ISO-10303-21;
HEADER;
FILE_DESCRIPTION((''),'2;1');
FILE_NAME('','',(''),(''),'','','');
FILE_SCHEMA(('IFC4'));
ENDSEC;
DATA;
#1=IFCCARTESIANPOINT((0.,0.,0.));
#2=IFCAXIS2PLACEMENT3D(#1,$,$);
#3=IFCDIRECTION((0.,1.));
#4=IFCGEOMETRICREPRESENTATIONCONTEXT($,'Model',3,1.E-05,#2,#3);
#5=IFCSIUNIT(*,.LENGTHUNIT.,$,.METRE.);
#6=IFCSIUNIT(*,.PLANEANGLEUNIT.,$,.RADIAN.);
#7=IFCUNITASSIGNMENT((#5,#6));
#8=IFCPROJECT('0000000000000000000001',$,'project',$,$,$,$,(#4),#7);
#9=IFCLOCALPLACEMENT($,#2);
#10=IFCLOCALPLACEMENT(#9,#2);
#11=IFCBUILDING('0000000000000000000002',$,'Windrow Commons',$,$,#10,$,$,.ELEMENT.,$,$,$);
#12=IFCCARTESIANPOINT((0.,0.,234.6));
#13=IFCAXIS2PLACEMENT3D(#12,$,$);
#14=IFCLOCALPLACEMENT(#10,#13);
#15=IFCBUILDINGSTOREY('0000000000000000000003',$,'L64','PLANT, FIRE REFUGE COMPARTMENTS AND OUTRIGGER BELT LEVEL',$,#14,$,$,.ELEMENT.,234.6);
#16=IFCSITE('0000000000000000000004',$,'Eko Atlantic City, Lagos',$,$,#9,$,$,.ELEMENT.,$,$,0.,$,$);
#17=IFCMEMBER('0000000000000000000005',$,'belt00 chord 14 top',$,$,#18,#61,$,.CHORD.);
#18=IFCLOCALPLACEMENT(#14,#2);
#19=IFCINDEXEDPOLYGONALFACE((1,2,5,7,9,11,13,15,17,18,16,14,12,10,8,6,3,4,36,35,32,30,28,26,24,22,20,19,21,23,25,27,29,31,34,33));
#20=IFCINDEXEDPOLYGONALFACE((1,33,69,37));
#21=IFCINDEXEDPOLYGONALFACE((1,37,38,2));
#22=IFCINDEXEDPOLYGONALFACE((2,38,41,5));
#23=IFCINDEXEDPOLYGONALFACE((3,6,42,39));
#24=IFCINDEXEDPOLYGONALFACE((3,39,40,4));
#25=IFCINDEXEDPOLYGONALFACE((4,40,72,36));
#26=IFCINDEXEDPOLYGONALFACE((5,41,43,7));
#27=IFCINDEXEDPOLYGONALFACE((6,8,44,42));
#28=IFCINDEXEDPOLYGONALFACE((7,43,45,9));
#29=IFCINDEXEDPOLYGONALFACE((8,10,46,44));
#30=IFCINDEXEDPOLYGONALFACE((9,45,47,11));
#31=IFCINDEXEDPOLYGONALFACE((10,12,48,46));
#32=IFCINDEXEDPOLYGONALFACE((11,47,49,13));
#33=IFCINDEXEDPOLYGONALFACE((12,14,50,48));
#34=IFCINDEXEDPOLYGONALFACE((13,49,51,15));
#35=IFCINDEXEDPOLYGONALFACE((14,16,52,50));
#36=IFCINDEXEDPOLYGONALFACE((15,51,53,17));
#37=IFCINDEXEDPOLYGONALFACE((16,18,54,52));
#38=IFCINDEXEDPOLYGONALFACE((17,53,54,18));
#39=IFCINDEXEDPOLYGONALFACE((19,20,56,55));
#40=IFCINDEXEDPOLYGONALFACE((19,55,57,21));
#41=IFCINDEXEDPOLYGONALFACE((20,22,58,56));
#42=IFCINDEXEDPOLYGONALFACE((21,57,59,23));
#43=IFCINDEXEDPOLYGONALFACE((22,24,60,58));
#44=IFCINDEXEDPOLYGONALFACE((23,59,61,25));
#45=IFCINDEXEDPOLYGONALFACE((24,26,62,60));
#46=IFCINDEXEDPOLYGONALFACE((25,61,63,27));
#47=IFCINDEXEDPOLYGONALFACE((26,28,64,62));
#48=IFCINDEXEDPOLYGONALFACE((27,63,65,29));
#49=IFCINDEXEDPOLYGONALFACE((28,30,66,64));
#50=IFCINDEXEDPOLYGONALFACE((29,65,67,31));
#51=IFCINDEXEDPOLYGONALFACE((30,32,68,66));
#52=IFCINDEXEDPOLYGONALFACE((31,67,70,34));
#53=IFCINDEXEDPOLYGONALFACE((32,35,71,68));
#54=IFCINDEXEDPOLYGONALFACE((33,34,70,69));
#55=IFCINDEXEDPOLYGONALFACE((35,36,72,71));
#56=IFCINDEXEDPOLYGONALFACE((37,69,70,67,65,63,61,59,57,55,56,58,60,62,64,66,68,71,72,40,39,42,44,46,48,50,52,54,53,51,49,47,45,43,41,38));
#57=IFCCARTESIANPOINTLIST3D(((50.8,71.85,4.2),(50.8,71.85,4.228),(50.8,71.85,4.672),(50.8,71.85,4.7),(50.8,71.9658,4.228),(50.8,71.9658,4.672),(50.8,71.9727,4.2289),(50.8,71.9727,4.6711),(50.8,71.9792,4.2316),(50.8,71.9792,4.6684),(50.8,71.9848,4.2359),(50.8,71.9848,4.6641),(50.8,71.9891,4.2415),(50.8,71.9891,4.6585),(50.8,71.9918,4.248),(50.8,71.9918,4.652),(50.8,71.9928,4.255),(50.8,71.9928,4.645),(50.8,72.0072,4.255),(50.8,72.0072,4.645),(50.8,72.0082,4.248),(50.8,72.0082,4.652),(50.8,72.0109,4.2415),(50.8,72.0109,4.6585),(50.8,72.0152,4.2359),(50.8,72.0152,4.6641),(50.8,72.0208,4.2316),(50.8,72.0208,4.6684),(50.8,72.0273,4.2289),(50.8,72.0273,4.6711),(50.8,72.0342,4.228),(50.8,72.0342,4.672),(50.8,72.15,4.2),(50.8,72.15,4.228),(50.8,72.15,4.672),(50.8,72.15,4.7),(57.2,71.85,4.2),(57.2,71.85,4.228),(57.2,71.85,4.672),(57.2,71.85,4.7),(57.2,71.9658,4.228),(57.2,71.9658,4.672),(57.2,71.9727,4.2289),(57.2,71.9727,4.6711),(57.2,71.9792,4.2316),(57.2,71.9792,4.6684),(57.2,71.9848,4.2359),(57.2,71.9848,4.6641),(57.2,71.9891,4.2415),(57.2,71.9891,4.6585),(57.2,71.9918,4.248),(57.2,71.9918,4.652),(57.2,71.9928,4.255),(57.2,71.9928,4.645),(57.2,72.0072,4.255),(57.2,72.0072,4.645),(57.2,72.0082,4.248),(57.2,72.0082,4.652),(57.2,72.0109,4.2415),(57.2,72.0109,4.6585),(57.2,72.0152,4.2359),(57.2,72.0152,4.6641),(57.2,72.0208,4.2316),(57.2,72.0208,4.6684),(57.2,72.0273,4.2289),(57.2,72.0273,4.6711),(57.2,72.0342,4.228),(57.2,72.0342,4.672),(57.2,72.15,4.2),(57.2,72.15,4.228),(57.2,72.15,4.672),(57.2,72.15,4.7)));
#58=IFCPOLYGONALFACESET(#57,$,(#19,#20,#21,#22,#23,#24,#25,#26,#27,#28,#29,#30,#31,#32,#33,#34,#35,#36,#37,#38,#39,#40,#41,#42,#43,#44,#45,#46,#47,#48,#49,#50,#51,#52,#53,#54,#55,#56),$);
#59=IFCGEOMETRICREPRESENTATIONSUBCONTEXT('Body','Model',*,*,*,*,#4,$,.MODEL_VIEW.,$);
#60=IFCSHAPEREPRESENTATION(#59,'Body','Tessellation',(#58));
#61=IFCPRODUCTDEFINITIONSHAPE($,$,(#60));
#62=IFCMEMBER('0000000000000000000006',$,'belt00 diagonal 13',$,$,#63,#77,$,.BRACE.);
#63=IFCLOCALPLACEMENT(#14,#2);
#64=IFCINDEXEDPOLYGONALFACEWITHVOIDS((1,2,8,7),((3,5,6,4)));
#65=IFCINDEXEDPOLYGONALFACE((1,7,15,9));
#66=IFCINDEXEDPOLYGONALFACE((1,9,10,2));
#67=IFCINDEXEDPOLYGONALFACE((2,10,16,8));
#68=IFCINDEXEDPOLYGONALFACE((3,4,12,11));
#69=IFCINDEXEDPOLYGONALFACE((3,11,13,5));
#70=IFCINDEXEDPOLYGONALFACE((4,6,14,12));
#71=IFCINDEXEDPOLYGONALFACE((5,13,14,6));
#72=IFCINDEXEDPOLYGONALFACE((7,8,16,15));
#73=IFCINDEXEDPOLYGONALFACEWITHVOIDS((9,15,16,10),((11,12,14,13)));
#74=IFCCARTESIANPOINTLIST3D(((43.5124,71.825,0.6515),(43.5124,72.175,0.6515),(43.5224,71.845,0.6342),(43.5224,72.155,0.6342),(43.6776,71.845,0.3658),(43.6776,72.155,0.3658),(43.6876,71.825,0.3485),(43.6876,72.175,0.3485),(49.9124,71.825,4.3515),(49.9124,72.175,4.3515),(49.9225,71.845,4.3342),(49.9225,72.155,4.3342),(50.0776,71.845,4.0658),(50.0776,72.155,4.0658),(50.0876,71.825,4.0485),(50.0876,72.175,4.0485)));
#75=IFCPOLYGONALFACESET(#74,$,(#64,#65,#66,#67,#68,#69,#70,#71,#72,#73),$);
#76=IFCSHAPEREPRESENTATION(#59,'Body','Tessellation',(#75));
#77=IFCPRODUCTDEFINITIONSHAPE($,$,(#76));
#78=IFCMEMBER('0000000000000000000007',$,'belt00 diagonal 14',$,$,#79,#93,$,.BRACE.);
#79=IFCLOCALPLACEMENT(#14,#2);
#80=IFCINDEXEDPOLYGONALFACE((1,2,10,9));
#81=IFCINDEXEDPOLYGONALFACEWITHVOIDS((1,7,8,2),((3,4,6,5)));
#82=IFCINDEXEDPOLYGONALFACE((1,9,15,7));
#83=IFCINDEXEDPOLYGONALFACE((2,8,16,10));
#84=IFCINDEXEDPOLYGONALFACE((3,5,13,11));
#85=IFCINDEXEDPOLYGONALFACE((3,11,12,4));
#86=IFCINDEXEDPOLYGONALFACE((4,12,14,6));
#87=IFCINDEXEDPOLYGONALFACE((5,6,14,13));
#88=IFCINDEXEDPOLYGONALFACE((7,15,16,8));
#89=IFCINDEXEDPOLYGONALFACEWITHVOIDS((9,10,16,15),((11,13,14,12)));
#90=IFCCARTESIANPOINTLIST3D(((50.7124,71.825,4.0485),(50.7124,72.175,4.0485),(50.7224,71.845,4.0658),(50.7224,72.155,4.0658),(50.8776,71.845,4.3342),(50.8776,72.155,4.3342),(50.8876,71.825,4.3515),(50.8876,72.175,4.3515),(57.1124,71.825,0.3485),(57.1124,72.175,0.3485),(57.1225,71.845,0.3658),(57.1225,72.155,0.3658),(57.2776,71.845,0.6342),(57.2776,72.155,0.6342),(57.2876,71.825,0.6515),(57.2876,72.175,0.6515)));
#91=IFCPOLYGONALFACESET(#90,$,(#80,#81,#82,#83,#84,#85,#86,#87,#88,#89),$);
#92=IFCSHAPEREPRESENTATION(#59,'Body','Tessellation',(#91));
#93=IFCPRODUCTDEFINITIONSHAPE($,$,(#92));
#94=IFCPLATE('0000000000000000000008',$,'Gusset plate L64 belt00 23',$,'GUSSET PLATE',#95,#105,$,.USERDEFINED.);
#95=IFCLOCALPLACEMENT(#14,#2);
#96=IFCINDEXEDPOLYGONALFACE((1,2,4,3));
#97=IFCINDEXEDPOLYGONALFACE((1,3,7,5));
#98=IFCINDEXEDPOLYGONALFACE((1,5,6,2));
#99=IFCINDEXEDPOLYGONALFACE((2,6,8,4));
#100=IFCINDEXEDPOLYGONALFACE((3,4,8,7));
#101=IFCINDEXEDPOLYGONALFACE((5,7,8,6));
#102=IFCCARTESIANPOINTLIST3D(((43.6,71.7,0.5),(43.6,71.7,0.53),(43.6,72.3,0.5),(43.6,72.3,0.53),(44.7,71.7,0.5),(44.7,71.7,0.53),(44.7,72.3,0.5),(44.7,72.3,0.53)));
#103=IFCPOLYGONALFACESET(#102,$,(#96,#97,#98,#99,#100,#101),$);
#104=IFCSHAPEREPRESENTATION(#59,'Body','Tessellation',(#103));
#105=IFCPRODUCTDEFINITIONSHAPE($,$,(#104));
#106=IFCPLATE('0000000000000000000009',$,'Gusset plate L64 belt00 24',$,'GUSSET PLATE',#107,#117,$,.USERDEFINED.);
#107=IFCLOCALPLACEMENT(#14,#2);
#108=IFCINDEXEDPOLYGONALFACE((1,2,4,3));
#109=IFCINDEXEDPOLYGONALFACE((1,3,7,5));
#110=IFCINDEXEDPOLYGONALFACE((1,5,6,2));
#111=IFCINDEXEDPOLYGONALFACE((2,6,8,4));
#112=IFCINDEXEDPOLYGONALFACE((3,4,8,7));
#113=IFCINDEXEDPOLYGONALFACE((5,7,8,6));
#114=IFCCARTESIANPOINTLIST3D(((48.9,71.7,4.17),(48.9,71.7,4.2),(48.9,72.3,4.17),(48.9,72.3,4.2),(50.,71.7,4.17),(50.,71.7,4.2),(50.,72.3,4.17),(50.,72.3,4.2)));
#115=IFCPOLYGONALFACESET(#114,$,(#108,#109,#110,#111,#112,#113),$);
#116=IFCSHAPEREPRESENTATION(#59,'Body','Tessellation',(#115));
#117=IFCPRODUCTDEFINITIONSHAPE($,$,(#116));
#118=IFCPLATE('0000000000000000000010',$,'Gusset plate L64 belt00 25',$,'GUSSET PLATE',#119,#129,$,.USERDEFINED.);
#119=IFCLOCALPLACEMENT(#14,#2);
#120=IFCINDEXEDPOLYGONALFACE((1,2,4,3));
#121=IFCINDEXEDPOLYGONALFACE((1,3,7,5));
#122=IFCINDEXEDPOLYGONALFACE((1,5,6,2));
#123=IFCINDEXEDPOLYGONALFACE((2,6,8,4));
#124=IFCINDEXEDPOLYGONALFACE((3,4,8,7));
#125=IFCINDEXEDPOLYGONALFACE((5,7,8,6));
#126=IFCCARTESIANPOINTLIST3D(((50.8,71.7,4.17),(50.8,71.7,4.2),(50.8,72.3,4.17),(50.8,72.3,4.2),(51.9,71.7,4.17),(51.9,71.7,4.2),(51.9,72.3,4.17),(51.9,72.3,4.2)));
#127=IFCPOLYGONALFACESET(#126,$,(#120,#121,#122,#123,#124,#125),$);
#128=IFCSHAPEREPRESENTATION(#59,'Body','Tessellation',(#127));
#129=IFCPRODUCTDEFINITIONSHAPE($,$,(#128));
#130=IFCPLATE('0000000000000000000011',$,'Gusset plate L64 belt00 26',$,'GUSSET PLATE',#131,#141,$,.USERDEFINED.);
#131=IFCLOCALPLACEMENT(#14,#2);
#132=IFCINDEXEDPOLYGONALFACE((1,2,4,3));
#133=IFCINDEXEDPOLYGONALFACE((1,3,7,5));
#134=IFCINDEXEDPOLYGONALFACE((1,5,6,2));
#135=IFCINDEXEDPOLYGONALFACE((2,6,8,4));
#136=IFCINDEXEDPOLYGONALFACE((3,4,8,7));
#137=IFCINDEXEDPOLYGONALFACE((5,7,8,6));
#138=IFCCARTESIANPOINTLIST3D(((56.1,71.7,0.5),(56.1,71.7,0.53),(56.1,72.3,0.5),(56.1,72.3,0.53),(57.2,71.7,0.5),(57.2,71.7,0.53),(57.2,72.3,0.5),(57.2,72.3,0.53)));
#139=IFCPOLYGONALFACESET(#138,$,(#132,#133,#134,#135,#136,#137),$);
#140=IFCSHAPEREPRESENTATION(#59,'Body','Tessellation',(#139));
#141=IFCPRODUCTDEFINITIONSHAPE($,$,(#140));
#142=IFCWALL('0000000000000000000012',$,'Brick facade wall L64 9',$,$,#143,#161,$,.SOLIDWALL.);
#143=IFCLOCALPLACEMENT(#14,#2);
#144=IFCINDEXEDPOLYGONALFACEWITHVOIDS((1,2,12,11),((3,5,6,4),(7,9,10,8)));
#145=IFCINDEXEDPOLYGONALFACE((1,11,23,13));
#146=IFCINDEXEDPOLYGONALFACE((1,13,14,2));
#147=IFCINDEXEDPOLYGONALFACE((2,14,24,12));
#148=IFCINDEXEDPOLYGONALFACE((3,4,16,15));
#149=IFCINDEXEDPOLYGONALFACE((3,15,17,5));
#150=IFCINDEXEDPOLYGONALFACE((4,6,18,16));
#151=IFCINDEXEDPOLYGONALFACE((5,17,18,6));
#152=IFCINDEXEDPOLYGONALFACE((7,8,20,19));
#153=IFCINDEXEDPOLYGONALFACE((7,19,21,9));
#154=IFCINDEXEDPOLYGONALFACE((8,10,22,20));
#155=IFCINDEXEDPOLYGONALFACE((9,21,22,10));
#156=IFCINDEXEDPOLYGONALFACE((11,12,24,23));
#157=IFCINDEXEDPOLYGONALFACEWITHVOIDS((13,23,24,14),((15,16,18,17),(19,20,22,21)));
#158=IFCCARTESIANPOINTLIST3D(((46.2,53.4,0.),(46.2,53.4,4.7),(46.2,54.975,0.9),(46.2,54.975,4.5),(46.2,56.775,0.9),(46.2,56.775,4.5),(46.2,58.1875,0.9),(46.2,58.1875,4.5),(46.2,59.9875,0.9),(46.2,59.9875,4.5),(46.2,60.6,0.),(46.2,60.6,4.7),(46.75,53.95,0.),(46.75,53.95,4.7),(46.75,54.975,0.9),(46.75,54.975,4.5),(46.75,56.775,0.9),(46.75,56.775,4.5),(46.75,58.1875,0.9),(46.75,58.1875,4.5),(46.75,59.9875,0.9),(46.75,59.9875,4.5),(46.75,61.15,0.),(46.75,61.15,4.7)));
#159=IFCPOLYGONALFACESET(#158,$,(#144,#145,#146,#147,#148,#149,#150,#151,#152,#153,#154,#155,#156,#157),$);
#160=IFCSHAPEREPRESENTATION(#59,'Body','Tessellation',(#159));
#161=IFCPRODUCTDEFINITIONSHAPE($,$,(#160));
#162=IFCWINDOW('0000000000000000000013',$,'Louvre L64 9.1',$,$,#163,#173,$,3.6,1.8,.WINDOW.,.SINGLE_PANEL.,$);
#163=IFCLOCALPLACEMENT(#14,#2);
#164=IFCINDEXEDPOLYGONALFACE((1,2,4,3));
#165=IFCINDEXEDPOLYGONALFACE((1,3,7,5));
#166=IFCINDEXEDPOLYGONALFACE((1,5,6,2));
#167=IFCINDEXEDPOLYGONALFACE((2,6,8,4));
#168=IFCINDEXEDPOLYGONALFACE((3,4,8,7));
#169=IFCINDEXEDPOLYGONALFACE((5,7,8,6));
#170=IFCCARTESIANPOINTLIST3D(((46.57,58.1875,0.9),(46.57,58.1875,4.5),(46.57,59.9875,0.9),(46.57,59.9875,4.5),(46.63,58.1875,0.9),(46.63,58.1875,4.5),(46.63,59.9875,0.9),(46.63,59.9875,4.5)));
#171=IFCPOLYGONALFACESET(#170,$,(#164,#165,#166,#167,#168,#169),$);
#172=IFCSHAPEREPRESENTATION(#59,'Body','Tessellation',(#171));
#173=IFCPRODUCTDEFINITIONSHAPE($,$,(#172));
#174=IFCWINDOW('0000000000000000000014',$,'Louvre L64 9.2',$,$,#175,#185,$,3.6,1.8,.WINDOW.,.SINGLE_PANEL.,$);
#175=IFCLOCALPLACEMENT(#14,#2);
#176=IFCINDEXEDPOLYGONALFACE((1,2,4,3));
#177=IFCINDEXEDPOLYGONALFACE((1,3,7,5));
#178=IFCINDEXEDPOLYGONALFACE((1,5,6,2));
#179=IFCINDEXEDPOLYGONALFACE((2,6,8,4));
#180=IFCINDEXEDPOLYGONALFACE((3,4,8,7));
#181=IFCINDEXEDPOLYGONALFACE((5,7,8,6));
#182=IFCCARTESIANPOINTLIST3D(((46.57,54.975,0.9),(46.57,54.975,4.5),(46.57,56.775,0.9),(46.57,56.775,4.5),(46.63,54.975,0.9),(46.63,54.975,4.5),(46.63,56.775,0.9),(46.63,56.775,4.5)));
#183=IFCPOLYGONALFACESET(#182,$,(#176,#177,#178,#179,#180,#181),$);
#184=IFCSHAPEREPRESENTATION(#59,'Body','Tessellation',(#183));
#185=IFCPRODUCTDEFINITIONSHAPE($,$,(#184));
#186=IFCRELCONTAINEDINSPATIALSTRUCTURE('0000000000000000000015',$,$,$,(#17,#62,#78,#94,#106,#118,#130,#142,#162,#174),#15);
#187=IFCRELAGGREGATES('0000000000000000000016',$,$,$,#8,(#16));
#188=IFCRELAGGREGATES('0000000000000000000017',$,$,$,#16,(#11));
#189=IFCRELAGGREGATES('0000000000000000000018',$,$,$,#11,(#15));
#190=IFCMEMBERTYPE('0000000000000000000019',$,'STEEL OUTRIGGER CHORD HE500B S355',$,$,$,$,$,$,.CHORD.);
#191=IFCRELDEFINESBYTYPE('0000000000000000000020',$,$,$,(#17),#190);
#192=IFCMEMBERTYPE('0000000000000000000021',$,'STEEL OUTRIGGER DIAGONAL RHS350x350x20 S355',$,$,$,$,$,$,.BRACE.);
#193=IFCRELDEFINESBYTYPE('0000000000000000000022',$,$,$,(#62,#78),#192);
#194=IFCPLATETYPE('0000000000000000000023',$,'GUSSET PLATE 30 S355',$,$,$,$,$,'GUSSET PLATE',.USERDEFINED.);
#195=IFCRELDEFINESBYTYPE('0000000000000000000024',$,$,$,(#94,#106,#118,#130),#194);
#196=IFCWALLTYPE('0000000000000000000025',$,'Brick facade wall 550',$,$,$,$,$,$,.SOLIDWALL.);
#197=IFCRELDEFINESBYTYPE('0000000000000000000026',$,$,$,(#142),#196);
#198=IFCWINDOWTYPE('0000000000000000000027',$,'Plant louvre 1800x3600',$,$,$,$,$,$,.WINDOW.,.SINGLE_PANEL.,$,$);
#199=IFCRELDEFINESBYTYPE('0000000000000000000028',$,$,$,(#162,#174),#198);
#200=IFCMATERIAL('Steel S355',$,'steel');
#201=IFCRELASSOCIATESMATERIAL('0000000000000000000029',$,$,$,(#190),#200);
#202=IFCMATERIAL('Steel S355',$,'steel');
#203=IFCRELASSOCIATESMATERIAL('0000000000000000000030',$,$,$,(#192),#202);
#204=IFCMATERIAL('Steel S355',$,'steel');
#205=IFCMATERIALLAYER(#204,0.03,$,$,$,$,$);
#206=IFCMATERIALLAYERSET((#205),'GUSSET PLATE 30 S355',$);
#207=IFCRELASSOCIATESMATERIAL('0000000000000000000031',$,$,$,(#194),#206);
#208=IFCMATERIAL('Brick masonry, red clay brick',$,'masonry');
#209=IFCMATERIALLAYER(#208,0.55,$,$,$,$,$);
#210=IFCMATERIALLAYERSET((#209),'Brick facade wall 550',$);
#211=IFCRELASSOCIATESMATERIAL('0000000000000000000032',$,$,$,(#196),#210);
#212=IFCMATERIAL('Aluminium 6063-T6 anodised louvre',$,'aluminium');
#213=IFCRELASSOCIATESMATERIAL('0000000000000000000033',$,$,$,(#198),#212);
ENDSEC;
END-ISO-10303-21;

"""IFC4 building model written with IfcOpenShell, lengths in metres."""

from ifc_helpers import new_model, si_unit, direction, frame, frame_2d, origin, origin_2d, place, context, subcontext, project, spatial, polyline, rectangle, hollow_rectangle, i_section, outline, extrude, material, layer, layer_set, material_profile, profile_set, type_object, element, fill, save


model = new_model("IFC4")

# Units and contexts
model_context = context("Model", 3, precision=1e-05, world=origin(), true_north=direction((0.0, 1.0)))
body_context = subcontext(model_context, "Body", "Model", "MODEL_VIEW")
ifc_project = project(units=[si_unit("LENGTHUNIT", "METRE"), si_unit("PLANEANGLEUNIT", "RADIAN")], contexts=[model_context])

# Site, building, storey
site_placement = place(None, origin())
site = spatial("IfcSite", under=ifc_project, at=site_placement, Name="Eko Atlantic City, Lagos", CompositionType="ELEMENT", RefElevation=0.0)
building_placement = place(site_placement, origin())
building = spatial("IfcBuilding", under=site, at=building_placement, Name="Windrow Commons", CompositionType="ELEMENT")
storey_placement = place(building_placement, frame((0.0, 0.0, 234.6)))
storey = spatial("IfcBuildingStorey", under=building, at=storey_placement, Name="L64", Description="PLANT, FIRE REFUGE COMPARTMENTS AND OUTRIGGER BELT LEVEL", CompositionType="ELEMENT", Elevation=234.6)

# Members
ifc_material_1 = material(Name="Steel S355", Category="steel")
ifc_material_profile_1 = material_profile(ifc_material_1, i_section(OverallWidth=0.3, OverallDepth=0.5, WebThickness=0.0145, FlangeThickness=0.028, FilletRadius=0.027, at=origin_2d()))
ifc_profile_set_1 = profile_set([ifc_material_profile_1], Name="Steel S355")
member_type_1 = type_object("IfcMemberType", Name="STEEL OUTRIGGER CHORD HE500B S355", PredefinedType="CHORD", material=ifc_profile_set_1)
for number, where, z_axis, x_axis, name in (
    (1, (50.8, 72.0, 4.45), (1.0, 0.0, 0.0), (0.0, 1.0, 0.0), "belt00 chord 14 top"),
):
    element("IfcMember", number, at=place(storey_placement, frame(where, z_axis=z_axis, x_axis=x_axis)), inside=storey, type_object=member_type_1, Name=name, PredefinedType="CHORD", context=body_context, shape_type="SweptSolid", body=[
        extrude(i_section(OverallWidth=0.3, OverallDepth=0.5, WebThickness=0.0145, FlangeThickness=0.028, FilletRadius=0.027, at=origin_2d()), origin(), (0.0, 0.0, 1.0), 6.4),
    ])
ifc_material_2 = material(Name="Steel S355", Category="steel")
ifc_material_profile_2 = material_profile(ifc_material_2, hollow_rectangle(XDim=0.35, YDim=0.35, WallThickness=0.02, at=origin_2d()))
ifc_profile_set_2 = profile_set([ifc_material_profile_2], Name="Steel S355")
member_type_2 = type_object("IfcMemberType", Name="STEEL OUTRIGGER DIAGONAL RHS350x350x20 S355", PredefinedType="BRACE", material=ifc_profile_set_2)
for number, where, z_axis, x_axis, name in (
    (2, (43.6, 72.0, 0.5), (0.865735, 0.0, 0.500503), (0.0, 1.0, 0.0), "belt00 diagonal 13"),
    (3, (50.8, 72.0, 4.2), (0.865735, 0.0, -0.500503), (0.0, 1.0, 0.0), "belt00 diagonal 14"),
):
    element("IfcMember", number, at=place(storey_placement, frame(where, z_axis=z_axis, x_axis=x_axis)), inside=storey, type_object=member_type_2, Name=name, PredefinedType="BRACE", context=body_context, shape_type="SweptSolid", body=[
        extrude(hollow_rectangle(XDim=0.35, YDim=0.35, WallThickness=0.02, at=origin_2d()), origin(), (0.0, 0.0, 1.0), 7.3926),
    ])

# Plates
ifc_material_3 = material(Name="Steel S355", Category="steel")
ifc_layer_1 = layer(ifc_material_3, 0.03)
ifc_layer_set_1 = layer_set([ifc_layer_1], Name="GUSSET PLATE 30 S355")
plate_type = type_object("IfcPlateType", Name="GUSSET PLATE 30 S355", ElementType="GUSSET PLATE", PredefinedType="USERDEFINED", material=ifc_layer_set_1)
for number, where, z_axis, x_axis, name in (
    (4, (44.15, 72.0, 0.5), (0.0, 0.0, 1.0), (1.0, 0.0, 0.0), "Gusset plate L64 belt00 23"),
    (5, (49.45, 72.0, 4.17), (0.0, 0.0, 1.0), (1.0, 0.0, 0.0), "Gusset plate L64 belt00 24"),
    (6, (51.35, 72.0, 4.17), (0.0, 0.0, 1.0), (1.0, 0.0, 0.0), "Gusset plate L64 belt00 25"),
    (7, (56.65, 72.0, 0.5), (0.0, 0.0, 1.0), (1.0, 0.0, 0.0), "Gusset plate L64 belt00 26"),
):
    element("IfcPlate", number, at=place(storey_placement, frame(where, z_axis=z_axis, x_axis=x_axis)), inside=storey, type_object=plate_type, Name=name, ObjectType="GUSSET PLATE", PredefinedType="USERDEFINED", context=body_context, shape_type="SweptSolid", body=[
        extrude(rectangle(XDim=1.1, YDim=0.6, at=origin_2d()), origin(), (0.0, 0.0, 1.0), 0.03),
    ])

# Wall, openings, windows
ifc_material_4 = material(Name="Brick masonry, red clay brick", Category="masonry")
ifc_layer_2 = layer(ifc_material_4, 0.55)
ifc_layer_set_2 = layer_set([ifc_layer_2], Name="Brick facade wall 550")
wall_type_1 = type_object("IfcWallType", Name="Brick facade wall 550", PredefinedType="SOLIDWALL", material=ifc_layer_set_2)
wall_1_placement = place(storey_placement, frame((46.475, 60.875, 0.0), z_axis=(0.0, 0.0, 1.0), x_axis=(0.0, -1.0, 0.0)))
wall_1 = element("IfcWall", 8, at=wall_1_placement, inside=storey, type_object=wall_type_1, Name="Brick facade wall L64 9", PredefinedType="SOLIDWALL", context=body_context, shape_type="SweptSolid", body=[
    extrude(outline(polyline([(0.275, -0.275), (7.475, -0.275), (6.925, 0.275), (-0.275, 0.275), (0.275, -0.275)])), origin(), (0.0, 0.0, 1.0), 4.7),
])
opening_1_placement = place(wall_1_placement, frame((0.8875, 0.0, 0.9)))
opening_1 = element("IfcOpeningElement", 9, at=opening_1_placement, cuts=wall_1, PredefinedType="OPENING", context=body_context, shape_type="SweptSolid", body=[
    extrude(rectangle(XDim=1.8, YDim=3.6, at=frame_2d((0.9, 1.8))), frame((0.0, 0.285, 0.0), z_axis=(0.0, -1.0, 0.0), x_axis=(1.0, 0.0, 0.0)), (0.0, 0.0, 1.0), 0.57),
])
opening_2_placement = place(wall_1_placement, frame((4.1, 0.0, 0.9)))
opening_2 = element("IfcOpeningElement", 10, at=opening_2_placement, cuts=wall_1, PredefinedType="OPENING", context=body_context, shape_type="SweptSolid", body=[
    extrude(rectangle(XDim=1.8, YDim=3.6, at=frame_2d((0.9, 1.8))), frame((0.0, 0.285, 0.0), z_axis=(0.0, -1.0, 0.0), x_axis=(1.0, 0.0, 0.0)), (0.0, 0.0, 1.0), 0.57),
])
ifc_material_5 = material(Name="Aluminium 6063-T6 anodised louvre", Category="aluminium")
window_type = type_object("IfcWindowType", Name="Plant louvre 1800x3600", PartitioningType="SINGLE_PANEL", PredefinedType="WINDOW", material=ifc_material_5)
window_1_placement = place(opening_1_placement, origin())
window_1 = element("IfcWindow", 11, at=window_1_placement, inside=storey, type_object=window_type, Name="Louvre L64 9.1", OverallHeight=3.6, OverallWidth=1.8, PartitioningType="SINGLE_PANEL", PredefinedType="WINDOW", context=body_context, shape_type="SweptSolid", body=[
    extrude(rectangle(XDim=1.8, YDim=3.6, at=frame_2d((0.9, 1.8))), frame((0.0, 0.155, 0.0), z_axis=(0.0, -1.0, 0.0), x_axis=(1.0, 0.0, 0.0)), (0.0, 0.0, 1.0), 0.06),
])
fill(opening_1, window_1)
window_2_placement = place(opening_2_placement, origin())
window_2 = element("IfcWindow", 12, at=window_2_placement, inside=storey, type_object=window_type, Name="Louvre L64 9.2", OverallHeight=3.6, OverallWidth=1.8, PartitioningType="SINGLE_PANEL", PredefinedType="WINDOW", context=body_context, shape_type="SweptSolid", body=[
    extrude(rectangle(XDim=1.8, YDim=3.6, at=frame_2d((0.9, 1.8))), frame((0.0, 0.155, 0.0), z_axis=(0.0, -1.0, 0.0), x_axis=(1.0, 0.0, 0.0)), (0.0, 0.0, 1.0), 0.06),
])
fill(opening_2, window_2)

save(model, "model.ifc")
